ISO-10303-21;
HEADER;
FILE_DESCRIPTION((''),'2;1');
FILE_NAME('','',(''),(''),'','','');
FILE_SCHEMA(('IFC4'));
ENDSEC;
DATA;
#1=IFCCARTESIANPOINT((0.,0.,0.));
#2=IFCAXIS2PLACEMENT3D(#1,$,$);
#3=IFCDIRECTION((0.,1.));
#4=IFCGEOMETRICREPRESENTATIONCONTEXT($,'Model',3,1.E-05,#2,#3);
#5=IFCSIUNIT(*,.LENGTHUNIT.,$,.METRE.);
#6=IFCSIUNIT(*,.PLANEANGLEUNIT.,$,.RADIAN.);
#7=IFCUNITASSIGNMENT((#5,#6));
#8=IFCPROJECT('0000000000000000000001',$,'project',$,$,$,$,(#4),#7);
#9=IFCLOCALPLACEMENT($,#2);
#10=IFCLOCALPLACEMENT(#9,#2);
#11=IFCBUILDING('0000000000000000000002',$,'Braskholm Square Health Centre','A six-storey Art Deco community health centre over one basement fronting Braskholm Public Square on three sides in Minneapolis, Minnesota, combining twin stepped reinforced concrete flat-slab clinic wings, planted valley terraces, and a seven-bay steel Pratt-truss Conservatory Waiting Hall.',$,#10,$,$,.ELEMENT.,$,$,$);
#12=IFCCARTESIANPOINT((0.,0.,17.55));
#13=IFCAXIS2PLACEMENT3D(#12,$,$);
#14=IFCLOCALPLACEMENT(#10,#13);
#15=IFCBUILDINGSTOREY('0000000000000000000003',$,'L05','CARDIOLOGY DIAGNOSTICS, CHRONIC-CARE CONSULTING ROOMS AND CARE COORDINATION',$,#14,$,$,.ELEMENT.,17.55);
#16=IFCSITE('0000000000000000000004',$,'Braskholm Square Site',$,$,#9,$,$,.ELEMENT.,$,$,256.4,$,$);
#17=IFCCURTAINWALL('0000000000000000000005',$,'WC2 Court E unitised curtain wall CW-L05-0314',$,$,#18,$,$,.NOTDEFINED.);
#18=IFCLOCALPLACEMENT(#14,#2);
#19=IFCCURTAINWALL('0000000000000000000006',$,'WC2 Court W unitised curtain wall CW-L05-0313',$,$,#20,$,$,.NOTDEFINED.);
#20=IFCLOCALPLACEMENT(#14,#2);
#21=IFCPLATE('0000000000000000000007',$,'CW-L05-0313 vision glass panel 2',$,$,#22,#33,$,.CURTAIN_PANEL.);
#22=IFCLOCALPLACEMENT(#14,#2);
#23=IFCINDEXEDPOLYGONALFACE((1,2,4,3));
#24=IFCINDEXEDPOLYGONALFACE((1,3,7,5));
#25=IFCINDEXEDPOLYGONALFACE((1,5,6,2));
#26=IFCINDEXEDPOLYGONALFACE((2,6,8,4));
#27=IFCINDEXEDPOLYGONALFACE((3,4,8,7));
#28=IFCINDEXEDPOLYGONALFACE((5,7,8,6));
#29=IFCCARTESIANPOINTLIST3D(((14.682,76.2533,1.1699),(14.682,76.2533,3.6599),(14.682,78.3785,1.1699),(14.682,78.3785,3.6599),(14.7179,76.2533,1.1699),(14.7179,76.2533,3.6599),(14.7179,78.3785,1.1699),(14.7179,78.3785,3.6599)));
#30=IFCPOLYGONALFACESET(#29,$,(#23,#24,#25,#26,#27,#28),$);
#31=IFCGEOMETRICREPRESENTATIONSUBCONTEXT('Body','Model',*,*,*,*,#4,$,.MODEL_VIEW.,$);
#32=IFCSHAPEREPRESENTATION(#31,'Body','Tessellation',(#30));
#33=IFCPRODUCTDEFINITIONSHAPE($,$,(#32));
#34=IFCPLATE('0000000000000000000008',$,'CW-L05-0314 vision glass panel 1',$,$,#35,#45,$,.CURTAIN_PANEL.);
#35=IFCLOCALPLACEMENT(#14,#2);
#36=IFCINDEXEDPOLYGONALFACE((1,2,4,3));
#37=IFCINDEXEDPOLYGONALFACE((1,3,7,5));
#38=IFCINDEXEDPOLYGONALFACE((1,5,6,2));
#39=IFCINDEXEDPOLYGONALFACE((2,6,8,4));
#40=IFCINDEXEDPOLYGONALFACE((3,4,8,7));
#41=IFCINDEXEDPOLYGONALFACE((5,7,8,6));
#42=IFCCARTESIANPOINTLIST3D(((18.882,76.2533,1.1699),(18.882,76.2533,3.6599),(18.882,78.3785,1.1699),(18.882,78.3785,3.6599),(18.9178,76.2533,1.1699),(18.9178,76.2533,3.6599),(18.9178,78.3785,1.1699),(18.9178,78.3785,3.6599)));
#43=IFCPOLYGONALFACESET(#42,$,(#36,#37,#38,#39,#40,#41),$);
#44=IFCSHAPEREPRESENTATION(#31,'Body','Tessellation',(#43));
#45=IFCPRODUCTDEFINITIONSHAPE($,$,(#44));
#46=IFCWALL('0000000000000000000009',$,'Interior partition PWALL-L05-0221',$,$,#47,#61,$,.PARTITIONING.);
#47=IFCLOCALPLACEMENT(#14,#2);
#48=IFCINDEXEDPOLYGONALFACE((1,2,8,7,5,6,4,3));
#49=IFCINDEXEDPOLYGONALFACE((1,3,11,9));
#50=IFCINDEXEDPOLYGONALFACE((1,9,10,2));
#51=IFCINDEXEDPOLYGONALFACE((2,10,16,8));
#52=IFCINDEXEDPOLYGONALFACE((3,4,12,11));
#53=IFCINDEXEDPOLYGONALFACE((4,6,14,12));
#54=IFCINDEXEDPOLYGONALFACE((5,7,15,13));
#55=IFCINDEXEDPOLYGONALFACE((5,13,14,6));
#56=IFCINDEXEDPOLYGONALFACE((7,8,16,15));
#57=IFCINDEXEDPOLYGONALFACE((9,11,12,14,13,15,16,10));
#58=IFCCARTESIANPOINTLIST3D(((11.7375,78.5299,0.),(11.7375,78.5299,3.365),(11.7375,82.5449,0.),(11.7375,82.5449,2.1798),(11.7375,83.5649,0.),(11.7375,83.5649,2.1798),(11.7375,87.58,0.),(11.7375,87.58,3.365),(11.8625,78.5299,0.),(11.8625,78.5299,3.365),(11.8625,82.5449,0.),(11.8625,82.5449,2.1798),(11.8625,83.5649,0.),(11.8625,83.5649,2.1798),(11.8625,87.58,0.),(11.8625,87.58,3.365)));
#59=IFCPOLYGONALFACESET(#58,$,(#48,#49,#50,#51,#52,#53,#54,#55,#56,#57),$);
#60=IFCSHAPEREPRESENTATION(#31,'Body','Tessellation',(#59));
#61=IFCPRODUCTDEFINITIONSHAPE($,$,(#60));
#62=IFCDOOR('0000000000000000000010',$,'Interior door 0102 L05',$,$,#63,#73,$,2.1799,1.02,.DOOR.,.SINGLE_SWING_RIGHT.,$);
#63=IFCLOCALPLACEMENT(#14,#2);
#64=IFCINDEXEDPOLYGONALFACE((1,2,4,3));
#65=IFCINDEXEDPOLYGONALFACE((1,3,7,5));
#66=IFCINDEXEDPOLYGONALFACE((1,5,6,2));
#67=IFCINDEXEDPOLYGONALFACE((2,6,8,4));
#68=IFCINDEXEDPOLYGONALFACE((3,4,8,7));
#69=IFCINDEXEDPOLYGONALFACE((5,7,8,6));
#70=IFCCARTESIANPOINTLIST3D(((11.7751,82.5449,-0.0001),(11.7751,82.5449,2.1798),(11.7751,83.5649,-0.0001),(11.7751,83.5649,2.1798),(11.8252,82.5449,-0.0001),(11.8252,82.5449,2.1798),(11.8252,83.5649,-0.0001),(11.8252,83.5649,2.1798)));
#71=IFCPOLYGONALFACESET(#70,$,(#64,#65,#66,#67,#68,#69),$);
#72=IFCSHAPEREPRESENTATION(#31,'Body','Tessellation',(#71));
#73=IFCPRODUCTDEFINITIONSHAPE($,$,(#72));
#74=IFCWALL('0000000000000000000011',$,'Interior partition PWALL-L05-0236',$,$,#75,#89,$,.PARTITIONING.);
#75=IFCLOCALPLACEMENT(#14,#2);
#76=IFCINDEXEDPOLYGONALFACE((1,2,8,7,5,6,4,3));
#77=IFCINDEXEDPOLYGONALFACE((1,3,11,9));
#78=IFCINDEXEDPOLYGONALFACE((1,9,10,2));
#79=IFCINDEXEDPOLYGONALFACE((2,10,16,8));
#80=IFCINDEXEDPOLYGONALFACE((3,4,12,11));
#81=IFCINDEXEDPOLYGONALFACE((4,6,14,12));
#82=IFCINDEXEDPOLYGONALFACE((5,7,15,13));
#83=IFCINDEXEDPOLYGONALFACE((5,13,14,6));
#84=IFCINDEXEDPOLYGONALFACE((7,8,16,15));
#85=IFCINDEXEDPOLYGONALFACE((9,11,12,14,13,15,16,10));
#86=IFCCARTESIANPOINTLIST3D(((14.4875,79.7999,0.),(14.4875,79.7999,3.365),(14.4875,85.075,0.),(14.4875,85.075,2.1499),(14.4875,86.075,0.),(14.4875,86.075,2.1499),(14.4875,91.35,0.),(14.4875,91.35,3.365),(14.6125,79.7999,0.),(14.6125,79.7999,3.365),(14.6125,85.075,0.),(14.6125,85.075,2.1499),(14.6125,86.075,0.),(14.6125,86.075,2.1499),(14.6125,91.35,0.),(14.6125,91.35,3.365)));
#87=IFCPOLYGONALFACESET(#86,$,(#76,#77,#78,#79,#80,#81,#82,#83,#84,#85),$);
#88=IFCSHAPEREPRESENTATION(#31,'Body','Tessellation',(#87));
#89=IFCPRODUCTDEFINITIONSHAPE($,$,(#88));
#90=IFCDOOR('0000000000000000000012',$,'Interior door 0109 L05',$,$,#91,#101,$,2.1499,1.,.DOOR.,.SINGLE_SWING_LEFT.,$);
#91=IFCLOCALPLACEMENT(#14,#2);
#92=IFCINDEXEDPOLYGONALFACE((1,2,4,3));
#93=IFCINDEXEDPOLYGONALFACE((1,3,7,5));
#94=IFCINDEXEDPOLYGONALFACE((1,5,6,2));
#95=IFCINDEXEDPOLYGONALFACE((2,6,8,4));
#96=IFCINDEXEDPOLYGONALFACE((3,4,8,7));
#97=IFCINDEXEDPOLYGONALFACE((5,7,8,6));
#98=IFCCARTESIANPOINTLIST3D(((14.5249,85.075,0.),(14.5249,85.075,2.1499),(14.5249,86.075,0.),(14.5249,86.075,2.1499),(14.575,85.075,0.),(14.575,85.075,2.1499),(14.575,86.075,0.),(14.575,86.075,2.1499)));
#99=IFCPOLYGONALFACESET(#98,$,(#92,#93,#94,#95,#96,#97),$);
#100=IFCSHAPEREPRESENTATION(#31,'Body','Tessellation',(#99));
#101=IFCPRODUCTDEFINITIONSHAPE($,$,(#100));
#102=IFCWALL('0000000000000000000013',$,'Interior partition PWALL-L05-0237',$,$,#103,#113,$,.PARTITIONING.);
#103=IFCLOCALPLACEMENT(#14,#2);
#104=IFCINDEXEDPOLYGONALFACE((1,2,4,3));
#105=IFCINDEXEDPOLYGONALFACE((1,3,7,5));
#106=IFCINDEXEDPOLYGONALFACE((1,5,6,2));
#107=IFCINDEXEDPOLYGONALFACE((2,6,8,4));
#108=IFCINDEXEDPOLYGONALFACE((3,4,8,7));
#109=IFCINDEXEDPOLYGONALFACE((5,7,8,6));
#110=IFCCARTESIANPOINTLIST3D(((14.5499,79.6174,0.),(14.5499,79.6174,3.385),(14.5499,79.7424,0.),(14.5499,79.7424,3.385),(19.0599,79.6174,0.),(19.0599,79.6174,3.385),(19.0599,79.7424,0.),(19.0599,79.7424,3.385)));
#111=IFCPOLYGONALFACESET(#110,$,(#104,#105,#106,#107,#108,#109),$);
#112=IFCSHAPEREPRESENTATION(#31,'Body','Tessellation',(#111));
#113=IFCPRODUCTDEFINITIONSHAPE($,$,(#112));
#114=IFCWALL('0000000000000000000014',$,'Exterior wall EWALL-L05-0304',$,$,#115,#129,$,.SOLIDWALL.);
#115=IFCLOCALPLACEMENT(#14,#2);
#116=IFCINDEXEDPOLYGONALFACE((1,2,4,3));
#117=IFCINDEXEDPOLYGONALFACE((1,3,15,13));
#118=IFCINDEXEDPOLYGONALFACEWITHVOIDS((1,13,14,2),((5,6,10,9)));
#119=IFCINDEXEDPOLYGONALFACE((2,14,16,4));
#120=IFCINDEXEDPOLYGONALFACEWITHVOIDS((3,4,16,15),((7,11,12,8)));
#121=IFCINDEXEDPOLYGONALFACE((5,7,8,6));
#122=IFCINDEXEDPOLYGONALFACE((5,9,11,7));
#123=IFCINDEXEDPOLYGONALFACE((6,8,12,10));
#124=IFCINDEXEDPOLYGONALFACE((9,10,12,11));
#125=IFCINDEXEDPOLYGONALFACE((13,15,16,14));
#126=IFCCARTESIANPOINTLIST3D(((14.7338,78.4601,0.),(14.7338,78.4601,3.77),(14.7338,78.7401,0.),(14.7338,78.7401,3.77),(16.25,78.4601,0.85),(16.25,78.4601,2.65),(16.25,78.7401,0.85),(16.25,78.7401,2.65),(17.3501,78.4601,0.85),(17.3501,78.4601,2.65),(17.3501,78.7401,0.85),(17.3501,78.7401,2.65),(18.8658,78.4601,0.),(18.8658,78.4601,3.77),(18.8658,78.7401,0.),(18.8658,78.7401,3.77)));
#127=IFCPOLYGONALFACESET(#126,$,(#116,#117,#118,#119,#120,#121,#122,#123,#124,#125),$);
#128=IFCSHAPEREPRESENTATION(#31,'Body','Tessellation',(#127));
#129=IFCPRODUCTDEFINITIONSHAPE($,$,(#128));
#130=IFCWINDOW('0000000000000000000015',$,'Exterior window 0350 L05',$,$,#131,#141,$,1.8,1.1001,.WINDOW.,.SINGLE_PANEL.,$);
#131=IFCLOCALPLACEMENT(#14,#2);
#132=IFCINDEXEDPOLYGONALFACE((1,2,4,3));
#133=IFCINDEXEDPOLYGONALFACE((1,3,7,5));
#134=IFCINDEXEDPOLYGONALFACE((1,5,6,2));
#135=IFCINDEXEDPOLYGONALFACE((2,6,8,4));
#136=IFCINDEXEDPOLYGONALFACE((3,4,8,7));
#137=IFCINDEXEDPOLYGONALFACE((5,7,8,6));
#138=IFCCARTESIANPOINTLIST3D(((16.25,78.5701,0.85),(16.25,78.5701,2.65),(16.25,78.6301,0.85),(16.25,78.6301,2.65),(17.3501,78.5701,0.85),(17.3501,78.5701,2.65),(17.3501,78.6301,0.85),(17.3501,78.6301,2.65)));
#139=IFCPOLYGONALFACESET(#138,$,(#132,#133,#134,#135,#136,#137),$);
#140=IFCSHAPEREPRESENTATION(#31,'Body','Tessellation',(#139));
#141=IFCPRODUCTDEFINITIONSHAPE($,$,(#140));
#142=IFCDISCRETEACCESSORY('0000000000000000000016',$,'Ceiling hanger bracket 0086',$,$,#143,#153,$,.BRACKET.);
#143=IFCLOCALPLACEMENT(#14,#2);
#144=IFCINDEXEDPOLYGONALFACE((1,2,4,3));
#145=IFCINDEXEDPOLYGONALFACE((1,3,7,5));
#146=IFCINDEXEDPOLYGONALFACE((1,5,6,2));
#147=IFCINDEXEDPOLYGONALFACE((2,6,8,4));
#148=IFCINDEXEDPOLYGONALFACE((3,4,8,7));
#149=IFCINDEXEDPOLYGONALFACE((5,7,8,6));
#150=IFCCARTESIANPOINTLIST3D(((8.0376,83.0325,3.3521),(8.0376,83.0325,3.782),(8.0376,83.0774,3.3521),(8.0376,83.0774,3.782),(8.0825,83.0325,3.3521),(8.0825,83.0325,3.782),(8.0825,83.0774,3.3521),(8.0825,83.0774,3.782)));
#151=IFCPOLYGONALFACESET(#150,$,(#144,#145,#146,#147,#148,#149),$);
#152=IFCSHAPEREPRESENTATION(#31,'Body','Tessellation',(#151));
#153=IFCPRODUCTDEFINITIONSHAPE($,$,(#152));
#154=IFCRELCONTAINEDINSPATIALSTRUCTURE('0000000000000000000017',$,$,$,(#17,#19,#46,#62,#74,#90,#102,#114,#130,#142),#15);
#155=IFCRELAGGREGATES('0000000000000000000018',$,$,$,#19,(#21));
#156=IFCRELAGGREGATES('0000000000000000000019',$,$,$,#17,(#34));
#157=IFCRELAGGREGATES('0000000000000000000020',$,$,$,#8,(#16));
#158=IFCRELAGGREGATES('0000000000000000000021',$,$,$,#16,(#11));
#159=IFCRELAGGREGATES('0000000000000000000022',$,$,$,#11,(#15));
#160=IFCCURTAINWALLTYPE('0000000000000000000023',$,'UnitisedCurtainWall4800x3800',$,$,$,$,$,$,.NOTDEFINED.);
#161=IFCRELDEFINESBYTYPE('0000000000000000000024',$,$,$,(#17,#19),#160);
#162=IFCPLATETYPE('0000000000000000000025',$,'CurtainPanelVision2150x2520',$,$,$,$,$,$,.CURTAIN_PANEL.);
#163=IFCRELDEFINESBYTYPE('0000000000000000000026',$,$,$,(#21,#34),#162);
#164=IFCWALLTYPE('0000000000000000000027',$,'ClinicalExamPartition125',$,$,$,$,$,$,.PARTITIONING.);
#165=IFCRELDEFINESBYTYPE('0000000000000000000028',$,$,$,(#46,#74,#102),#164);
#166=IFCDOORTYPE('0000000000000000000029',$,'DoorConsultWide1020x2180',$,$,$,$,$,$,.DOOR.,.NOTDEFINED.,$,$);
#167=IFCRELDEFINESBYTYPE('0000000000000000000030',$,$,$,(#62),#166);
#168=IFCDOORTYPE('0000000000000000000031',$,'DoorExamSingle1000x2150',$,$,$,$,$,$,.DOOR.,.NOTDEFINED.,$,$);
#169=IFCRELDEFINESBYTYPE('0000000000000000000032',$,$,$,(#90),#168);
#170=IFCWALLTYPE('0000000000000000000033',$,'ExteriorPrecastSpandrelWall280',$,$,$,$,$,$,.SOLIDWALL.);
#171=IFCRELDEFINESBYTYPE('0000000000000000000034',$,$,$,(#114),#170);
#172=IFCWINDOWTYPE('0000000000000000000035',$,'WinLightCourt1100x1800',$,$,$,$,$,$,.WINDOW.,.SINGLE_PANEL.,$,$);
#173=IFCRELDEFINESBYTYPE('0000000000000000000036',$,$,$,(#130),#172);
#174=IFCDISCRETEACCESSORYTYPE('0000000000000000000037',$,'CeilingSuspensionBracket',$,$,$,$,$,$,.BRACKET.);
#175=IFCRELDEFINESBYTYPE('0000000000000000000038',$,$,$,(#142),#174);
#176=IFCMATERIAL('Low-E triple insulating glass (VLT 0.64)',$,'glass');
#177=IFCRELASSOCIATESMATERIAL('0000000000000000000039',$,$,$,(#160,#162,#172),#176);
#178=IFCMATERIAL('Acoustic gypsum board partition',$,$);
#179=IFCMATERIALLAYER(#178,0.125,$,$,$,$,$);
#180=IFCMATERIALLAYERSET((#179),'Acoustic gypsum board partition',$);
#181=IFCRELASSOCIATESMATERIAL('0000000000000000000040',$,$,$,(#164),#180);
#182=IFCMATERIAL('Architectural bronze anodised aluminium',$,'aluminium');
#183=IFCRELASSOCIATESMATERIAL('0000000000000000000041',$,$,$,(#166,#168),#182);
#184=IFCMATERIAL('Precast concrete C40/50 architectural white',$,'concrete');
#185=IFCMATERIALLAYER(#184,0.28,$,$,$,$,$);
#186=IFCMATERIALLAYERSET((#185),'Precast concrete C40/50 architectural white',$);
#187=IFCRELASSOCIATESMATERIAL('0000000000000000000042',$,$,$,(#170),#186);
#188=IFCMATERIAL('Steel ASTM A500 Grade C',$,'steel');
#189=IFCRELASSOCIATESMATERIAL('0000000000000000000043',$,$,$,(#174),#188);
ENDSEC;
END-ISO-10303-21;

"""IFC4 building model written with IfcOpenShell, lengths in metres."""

from ifc_helpers import new_model, si_unit, direction, frame, frame_2d, origin, origin_with_axes, origin_2d, place, context, subcontext, project, spatial, rectangle, extrude, material, layer, layer_set, type_object, element, fill, aggregate, save


model = new_model("IFC4")

# Units and contexts
model_context = context("Model", 3, precision=1e-05, world=origin(), true_north=direction((0.0, 1.0)))
body_context = subcontext(model_context, "Body", "Model", "MODEL_VIEW")
ifc_project = project(units=[si_unit("LENGTHUNIT", "METRE"), si_unit("PLANEANGLEUNIT", "RADIAN")], contexts=[model_context])

# Site, building, storey
site_placement = place(None, origin())
site = spatial("IfcSite", under=ifc_project, at=site_placement, Name="Braskholm Square Site", CompositionType="ELEMENT", RefElevation=256.4)
building_placement = place(site_placement, origin())
building = spatial("IfcBuilding", under=site, at=building_placement, Name="Braskholm Square Health Centre", Description="A six-storey Art Deco community health centre over one basement fronting Braskholm Public Square on three sides in Minneapolis, Minnesota, combining twin stepped reinforced concrete flat-slab clinic wings, planted valley terraces, and a seven-bay steel Pratt-truss Conservatory Waiting Hall.", CompositionType="ELEMENT")
storey_placement = place(building_placement, frame((0.0, 0.0, 17.55)))
storey = spatial("IfcBuildingStorey", under=building, at=storey_placement, Name="L05", Description="CARDIOLOGY DIAGNOSTICS, CHRONIC-CARE CONSULTING ROOMS AND CARE COORDINATION", CompositionType="ELEMENT", Elevation=17.55)

# Curtain walls
ifc_material_1 = material(Name="Low-E triple insulating glass (VLT 0.64)", Category="glass")
curtain_wall_type = type_object("IfcCurtainWallType", Name="UnitisedCurtainWall4800x3800", PredefinedType="NOTDEFINED", material=ifc_material_1)
curtain_wall_1_placement = place(storey_placement, origin())
curtain_wall_1 = element("IfcCurtainWall", 1, at=curtain_wall_1_placement, inside=storey, type_object=curtain_wall_type, Name="WC2 Court E unitised curtain wall CW-L05-0314", PredefinedType="NOTDEFINED")
ifc_material_2 = material(Name="Architectural bronze anodised aluminium", Category="aluminium")
curtain_wall_2_placement = place(storey_placement, origin())
curtain_wall_2 = element("IfcCurtainWall", 2, at=curtain_wall_2_placement, inside=storey, type_object=curtain_wall_type, Name="WC2 Court W unitised curtain wall CW-L05-0313", PredefinedType="NOTDEFINED")

# Plates
plate_type_1 = type_object("IfcPlateType", Name="CurtainPanelVision2150x2520", PredefinedType="CURTAIN_PANEL", material=ifc_material_1)
plate_1_placement = place(storey_placement, frame((14.7, 77.3159, 1.1699), z_axis=(0.0, 0.0, 1.0), x_axis=(0.0, 1.0, 0.0)))
plate_1 = element("IfcPlate", 3, at=plate_1_placement, type_object=plate_type_1, Name="CW-L05-0313 vision glass panel 2", PredefinedType="CURTAIN_PANEL", context=body_context, shape_type="SweptSolid", body=[
    extrude(rectangle(XDim=2.1252, YDim=0.0359, at=origin_2d()), origin(), (0.0, 0.0, 1.0), 2.49),
])
aggregate(curtain_wall_2, [plate_1])
plate_2_placement = place(storey_placement, frame((18.8999, 77.3159, 1.1699), z_axis=(0.0, 0.0, 1.0), x_axis=(0.0, -1.0, 0.0)))
plate_2 = element("IfcPlate", 4, at=plate_2_placement, type_object=plate_type_1, Name="CW-L05-0314 vision glass panel 1", PredefinedType="CURTAIN_PANEL", context=body_context, shape_type="SweptSolid", body=[
    extrude(rectangle(XDim=2.1252, YDim=0.0359, at=origin_2d()), origin(), (0.0, 0.0, 1.0), 2.49),
])
aggregate(curtain_wall_1, [plate_2])

# Walls, openings, doors
ifc_material_3 = material(Name="Acoustic gypsum board partition")
ifc_layer_1 = layer(ifc_material_3, 0.125)
ifc_layer_set_1 = layer_set([ifc_layer_1], Name="Acoustic gypsum board partition")
wall_type_1 = type_object("IfcWallType", Name="ClinicalExamPartition125", PredefinedType="PARTITIONING", material=ifc_layer_set_1)
wall_1_placement = place(storey_placement, frame((11.8, 78.53, 0.0), z_axis=(0.0, 0.0, 1.0), x_axis=(0.0, 1.0, 0.0)))
wall_1 = element("IfcWall", 5, at=wall_1_placement, inside=storey, type_object=wall_type_1, Name="Interior partition PWALL-L05-0221", PredefinedType="PARTITIONING", context=body_context, shape_type="SweptSolid", body=[
    extrude(rectangle(XDim=9.05, YDim=0.125, at=frame_2d((4.5249, 0.0))), origin(), (0.0, 0.0, 1.0), 3.365),
])
opening_1_placement = place(wall_1_placement, frame((4.0149, 0.0, 0.0)))
opening_1 = element("IfcOpeningElement", 6, at=opening_1_placement, cuts=wall_1, PredefinedType="OPENING", context=body_context, shape_type="SweptSolid", body=[
    extrude(rectangle(XDim=1.02, YDim=2.1799, at=frame_2d((0.51, 1.0898))), frame((0.0, 0.0725, 0.0), z_axis=(0.0, -1.0, 0.0), x_axis=(1.0, 0.0, 0.0)), (0.0, 0.0, 1.0), 0.145),
])
door_type_1 = type_object("IfcDoorType", Name="DoorConsultWide1020x2180", OperationType="NOTDEFINED", PredefinedType="DOOR", material=ifc_material_2)
door_1_placement = place(opening_1_placement, origin_with_axes())
door_1 = element("IfcDoor", 7, at=door_1_placement, inside=storey, type_object=door_type_1, Name="Interior door 0102 L05", OperationType="SINGLE_SWING_RIGHT", OverallHeight=2.1799, OverallWidth=1.02, PredefinedType="DOOR", context=body_context, shape_type="SweptSolid", body=[
    extrude(rectangle(XDim=1.02, YDim=2.1799, at=frame_2d((0.51, 1.0898))), frame((0.0, 0.0249, 0.0), z_axis=(0.0, -1.0, 0.0), x_axis=(1.0, 0.0, 0.0)), (0.0, 0.0, 1.0), 0.05),
])
fill(opening_1, door_1)
wall_2_placement = place(storey_placement, frame((14.55, 79.8, 0.0), z_axis=(0.0, 0.0, 1.0), x_axis=(0.0, 1.0, 0.0)))
wall_2 = element("IfcWall", 8, at=wall_2_placement, inside=storey, type_object=wall_type_1, Name="Interior partition PWALL-L05-0236", PredefinedType="PARTITIONING", context=body_context, shape_type="SweptSolid", body=[
    extrude(rectangle(XDim=11.55, YDim=0.125, at=frame_2d((5.7749, 0.0))), origin(), (0.0, 0.0, 1.0), 3.365),
])
opening_2_placement = place(wall_2_placement, frame((5.2749, 0.0, 0.0)))
opening_2 = element("IfcOpeningElement", 9, at=opening_2_placement, cuts=wall_2, PredefinedType="OPENING", context=body_context, shape_type="SweptSolid", body=[
    extrude(rectangle(XDim=1.0, YDim=2.1499, at=frame_2d((0.5, 1.075))), frame((0.0, 0.0725, 0.0), z_axis=(0.0, -1.0, 0.0), x_axis=(1.0, 0.0, 0.0)), (0.0, 0.0, 1.0), 0.145),
])
door_type_2 = type_object("IfcDoorType", Name="DoorExamSingle1000x2150", OperationType="NOTDEFINED", PredefinedType="DOOR", material=ifc_material_2)
door_2_placement = place(opening_2_placement, frame((1.0, 0.0, 0.0), z_axis=(0.0, 0.0, 1.0), x_axis=(-1.0, 0.0, 0.0)))
door_2 = element("IfcDoor", 10, at=door_2_placement, inside=storey, type_object=door_type_2, Name="Interior door 0109 L05", OperationType="SINGLE_SWING_LEFT", OverallHeight=2.1499, OverallWidth=1.0, PredefinedType="DOOR", context=body_context, shape_type="SweptSolid", body=[
    extrude(rectangle(XDim=1.0, YDim=2.1499, at=frame_2d((0.5, 1.075))), frame((0.0, 0.0249, 0.0), z_axis=(0.0, -1.0, 0.0), x_axis=(1.0, 0.0, 0.0)), (0.0, 0.0, 1.0), 0.05),
])
fill(opening_2, door_2)

# Wall
wall_3_placement = place(storey_placement, frame((14.55, 79.6799, 0.0), z_axis=(0.0, 0.0, 1.0), x_axis=(1.0, 0.0, 0.0)))
element("IfcWall", 11, at=wall_3_placement, inside=storey, type_object=wall_type_1, Name="Interior partition PWALL-L05-0237", PredefinedType="PARTITIONING", context=body_context, shape_type="SweptSolid", body=[
    extrude(rectangle(XDim=4.51, YDim=0.125, at=frame_2d((2.2549, 0.0))), origin(), (0.0, 0.0, 1.0), 3.385),
])

# Wall, opening, window
ifc_material_4 = material(Name="Precast concrete C40/50 architectural white", Category="concrete")
ifc_layer_2 = layer(ifc_material_4, 0.28)
ifc_layer_set_2 = layer_set([ifc_layer_2], Name="Precast concrete C40/50 architectural white")
wall_type_2 = type_object("IfcWallType", Name="ExteriorPrecastSpandrelWall280", PredefinedType="SOLIDWALL", material=ifc_layer_set_2)
wall_4_placement = place(storey_placement, frame((14.7339, 78.6001, 0.0), z_axis=(0.0, 0.0, 1.0), x_axis=(1.0, 0.0, 0.0)))
wall_4 = element("IfcWall", 12, at=wall_4_placement, inside=storey, type_object=wall_type_2, Name="Exterior wall EWALL-L05-0304", PredefinedType="SOLIDWALL", context=body_context, shape_type="SweptSolid", body=[
    extrude(rectangle(XDim=4.1321, YDim=0.28, at=frame_2d((2.0659, 0.0))), origin(), (0.0, 0.0, 1.0), 3.77),
])
opening_3_placement = place(wall_4_placement, frame((1.5161, 0.0, 0.8501)))
opening_3 = element("IfcOpeningElement", 13, at=opening_3_placement, cuts=wall_4, PredefinedType="OPENING", context=body_context, shape_type="SweptSolid", body=[
    extrude(rectangle(XDim=1.1001, YDim=1.8, at=frame_2d((0.55, 0.8999))), frame((0.0, 0.1499, 0.0), z_axis=(0.0, -1.0, 0.0), x_axis=(1.0, 0.0, 0.0)), (0.0, 0.0, 1.0), 0.3),
])
window_type = type_object("IfcWindowType", Name="WinLightCourt1100x1800", PartitioningType="SINGLE_PANEL", PredefinedType="WINDOW", material=ifc_material_1)
window_placement = place(opening_3_placement, origin_with_axes())
window = element("IfcWindow", 14, at=window_placement, inside=storey, type_object=window_type, Name="Exterior window 0350 L05", OverallHeight=1.8, OverallWidth=1.1001, PartitioningType="SINGLE_PANEL", PredefinedType="WINDOW", context=body_context, shape_type="SweptSolid", body=[
    extrude(rectangle(XDim=1.1001, YDim=1.8, at=frame_2d((0.55, 0.8999))), frame((0.0, 0.03, 0.0), z_axis=(0.0, -1.0, 0.0), x_axis=(1.0, 0.0, 0.0)), (0.0, 0.0, 1.0), 0.0601),
])
fill(opening_3, window)

# Discrete accessory
ifc_material_5 = material(Name="Steel ASTM A500 Grade C", Category="steel")
discrete_accessory_type = type_object("IfcDiscreteAccessoryType", Name="CeilingSuspensionBracket", PredefinedType="BRACKET", material=ifc_material_5)
discrete_accessory_placement = place(storey_placement, frame((8.0601, 83.0549, 3.3521), z_axis=(0.0, 0.0, 1.0), x_axis=(1.0, 0.0, 0.0)))
element("IfcDiscreteAccessory", 15, at=discrete_accessory_placement, inside=storey, type_object=discrete_accessory_type, Name="Ceiling hanger bracket 0086", PredefinedType="BRACKET", context=body_context, shape_type="SweptSolid", body=[
    extrude(rectangle(XDim=0.0449, YDim=0.0449, at=origin_2d()), origin(), (0.0, 0.0, 1.0), 0.4299),
])

save(model, "model.ifc")
